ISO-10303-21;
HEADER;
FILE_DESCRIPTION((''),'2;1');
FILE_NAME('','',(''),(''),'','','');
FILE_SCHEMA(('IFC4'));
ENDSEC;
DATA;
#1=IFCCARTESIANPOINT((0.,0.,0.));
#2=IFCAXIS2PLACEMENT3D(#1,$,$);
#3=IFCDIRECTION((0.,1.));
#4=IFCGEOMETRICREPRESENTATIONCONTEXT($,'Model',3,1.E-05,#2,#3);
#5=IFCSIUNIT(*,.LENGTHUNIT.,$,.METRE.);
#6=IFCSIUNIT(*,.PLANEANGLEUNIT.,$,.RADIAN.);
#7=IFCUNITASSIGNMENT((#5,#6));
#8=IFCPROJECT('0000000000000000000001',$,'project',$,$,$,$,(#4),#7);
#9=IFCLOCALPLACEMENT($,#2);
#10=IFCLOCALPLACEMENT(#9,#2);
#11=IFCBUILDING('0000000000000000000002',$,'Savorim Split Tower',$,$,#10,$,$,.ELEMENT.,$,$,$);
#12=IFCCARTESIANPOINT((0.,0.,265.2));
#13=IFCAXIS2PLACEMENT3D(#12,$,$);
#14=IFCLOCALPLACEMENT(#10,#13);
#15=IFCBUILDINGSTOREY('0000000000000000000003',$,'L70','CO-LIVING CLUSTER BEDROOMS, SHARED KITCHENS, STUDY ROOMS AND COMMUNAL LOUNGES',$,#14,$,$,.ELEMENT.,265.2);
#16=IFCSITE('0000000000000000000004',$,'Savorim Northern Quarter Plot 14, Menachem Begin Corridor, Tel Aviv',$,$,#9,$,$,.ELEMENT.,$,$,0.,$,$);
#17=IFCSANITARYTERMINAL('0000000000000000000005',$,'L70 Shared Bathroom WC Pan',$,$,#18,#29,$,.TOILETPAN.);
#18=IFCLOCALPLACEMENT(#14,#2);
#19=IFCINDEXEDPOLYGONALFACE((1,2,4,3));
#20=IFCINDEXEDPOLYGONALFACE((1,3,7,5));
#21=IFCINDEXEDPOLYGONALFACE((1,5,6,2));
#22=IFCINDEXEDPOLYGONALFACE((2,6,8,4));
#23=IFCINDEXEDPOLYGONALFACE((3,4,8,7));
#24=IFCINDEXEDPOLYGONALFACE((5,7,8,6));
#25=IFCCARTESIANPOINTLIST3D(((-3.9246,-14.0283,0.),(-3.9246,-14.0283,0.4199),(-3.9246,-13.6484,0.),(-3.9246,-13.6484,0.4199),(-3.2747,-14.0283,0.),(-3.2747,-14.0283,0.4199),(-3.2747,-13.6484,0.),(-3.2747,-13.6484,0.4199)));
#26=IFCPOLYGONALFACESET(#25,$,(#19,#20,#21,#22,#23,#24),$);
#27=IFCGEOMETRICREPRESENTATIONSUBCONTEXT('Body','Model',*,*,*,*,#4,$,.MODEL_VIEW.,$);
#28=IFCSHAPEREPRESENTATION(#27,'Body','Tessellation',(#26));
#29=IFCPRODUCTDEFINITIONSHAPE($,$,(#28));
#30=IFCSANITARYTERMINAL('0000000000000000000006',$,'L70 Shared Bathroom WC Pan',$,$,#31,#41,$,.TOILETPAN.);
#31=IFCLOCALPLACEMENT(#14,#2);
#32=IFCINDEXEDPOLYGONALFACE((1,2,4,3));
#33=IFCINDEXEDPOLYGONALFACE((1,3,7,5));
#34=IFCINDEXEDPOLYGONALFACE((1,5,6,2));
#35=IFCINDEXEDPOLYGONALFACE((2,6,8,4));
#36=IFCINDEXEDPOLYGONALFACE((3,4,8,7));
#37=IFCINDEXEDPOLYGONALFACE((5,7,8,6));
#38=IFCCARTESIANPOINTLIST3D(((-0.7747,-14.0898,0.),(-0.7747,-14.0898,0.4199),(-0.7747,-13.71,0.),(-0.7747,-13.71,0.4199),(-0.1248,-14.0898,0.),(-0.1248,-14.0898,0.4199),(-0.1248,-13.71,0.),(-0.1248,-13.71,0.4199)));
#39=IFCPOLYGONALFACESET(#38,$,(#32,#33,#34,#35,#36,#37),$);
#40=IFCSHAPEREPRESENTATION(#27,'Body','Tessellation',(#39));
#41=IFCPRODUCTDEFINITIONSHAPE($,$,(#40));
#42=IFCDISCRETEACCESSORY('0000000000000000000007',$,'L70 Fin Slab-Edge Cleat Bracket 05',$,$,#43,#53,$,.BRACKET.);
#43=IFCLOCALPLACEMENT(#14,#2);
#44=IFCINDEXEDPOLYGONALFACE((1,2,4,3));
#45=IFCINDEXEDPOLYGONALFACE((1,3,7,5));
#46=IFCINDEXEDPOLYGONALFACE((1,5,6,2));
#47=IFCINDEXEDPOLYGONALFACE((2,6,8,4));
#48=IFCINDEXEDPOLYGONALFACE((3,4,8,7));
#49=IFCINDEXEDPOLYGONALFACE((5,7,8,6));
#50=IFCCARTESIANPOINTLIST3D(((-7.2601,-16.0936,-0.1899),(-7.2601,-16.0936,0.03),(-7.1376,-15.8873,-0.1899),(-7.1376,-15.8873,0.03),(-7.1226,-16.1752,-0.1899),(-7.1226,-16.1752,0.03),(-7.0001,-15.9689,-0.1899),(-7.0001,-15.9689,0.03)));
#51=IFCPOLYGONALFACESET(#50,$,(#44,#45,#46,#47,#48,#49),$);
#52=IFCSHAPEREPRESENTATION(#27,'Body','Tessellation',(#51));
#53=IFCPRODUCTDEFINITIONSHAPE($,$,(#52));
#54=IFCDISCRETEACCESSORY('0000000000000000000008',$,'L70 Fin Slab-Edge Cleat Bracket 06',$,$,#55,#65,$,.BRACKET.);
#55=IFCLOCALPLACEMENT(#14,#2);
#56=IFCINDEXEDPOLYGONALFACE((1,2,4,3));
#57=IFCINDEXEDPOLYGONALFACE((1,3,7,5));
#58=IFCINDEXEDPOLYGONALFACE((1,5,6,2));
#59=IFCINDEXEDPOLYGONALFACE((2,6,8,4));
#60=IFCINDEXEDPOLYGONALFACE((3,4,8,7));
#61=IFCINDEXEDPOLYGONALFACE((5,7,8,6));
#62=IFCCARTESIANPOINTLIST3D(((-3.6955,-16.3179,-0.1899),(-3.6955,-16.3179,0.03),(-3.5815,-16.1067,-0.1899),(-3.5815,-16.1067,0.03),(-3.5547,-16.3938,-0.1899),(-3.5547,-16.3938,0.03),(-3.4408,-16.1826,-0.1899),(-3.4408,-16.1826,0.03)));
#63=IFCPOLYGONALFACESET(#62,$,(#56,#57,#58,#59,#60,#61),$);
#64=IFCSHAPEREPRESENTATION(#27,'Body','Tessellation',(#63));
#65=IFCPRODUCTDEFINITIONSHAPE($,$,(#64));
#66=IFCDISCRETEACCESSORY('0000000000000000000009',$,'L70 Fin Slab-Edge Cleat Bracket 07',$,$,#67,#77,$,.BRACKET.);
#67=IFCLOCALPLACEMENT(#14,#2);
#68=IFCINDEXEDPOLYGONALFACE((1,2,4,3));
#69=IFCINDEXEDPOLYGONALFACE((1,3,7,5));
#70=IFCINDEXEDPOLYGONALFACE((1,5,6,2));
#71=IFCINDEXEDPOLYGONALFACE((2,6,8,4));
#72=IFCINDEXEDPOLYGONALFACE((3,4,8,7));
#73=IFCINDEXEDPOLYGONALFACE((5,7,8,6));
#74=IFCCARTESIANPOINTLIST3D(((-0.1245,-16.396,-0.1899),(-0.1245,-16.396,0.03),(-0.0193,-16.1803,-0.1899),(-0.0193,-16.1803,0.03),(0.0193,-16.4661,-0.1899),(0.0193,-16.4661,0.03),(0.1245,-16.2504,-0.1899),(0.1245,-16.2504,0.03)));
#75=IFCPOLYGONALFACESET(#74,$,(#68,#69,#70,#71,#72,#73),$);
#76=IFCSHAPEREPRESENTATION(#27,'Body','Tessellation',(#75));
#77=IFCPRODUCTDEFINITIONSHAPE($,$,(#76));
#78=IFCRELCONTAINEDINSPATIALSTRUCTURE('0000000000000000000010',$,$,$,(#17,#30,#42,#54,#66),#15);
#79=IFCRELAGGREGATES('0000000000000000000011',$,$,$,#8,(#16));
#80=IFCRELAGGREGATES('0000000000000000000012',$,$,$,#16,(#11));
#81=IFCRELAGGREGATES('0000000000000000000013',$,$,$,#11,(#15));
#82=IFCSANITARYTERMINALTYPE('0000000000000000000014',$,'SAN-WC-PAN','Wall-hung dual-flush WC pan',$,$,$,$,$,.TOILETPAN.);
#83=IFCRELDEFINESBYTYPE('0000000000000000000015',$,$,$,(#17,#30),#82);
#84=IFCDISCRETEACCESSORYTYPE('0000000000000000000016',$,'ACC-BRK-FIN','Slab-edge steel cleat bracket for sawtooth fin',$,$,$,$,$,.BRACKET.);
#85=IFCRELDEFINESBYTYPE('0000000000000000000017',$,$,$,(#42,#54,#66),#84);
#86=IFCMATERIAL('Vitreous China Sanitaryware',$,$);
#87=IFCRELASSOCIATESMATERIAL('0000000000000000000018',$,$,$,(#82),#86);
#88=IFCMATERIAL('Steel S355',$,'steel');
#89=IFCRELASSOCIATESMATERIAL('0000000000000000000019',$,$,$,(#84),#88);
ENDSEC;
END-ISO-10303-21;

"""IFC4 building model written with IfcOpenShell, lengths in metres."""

from ifc_helpers import new_model, si_unit, direction, frame, origin, origin_2d, place, context, subcontext, project, spatial, rectangle, extrude, material, type_object, element, save


model = new_model("IFC4")

# Units and contexts
model_context = context("Model", 3, precision=1e-05, world=origin(), true_north=direction((0.0, 1.0)))
body_context = subcontext(model_context, "Body", "Model", "MODEL_VIEW")
ifc_project = project(units=[si_unit("LENGTHUNIT", "METRE"), si_unit("PLANEANGLEUNIT", "RADIAN")], contexts=[model_context])

# Site, building, storey
site_placement = place(None, origin())
site = spatial("IfcSite", under=ifc_project, at=site_placement, Name="Savorim Northern Quarter Plot 14, Menachem Begin Corridor, Tel Aviv", CompositionType="ELEMENT", RefElevation=0.0)
building_placement = place(site_placement, origin())
building = spatial("IfcBuilding", under=site, at=building_placement, Name="Savorim Split Tower", CompositionType="ELEMENT")
storey_placement = place(building_placement, frame((0.0, 0.0, 265.2)))
storey = spatial("IfcBuildingStorey", under=building, at=storey_placement, Name="L70", Description="CO-LIVING CLUSTER BEDROOMS, SHARED KITCHENS, STUDY ROOMS AND COMMUNAL LOUNGES", CompositionType="ELEMENT", Elevation=265.2)

# Shared definitions
ifc_material_1 = material(Name="Steel S355", Category="steel")

# Sanitary terminals
ifc_material_2 = material(Name="Vitreous China Sanitaryware")
sanitary_terminal_type_1 = type_object("IfcSanitaryTerminalType", Name="SAN-WC-PAN", Description="Wall-hung dual-flush WC pan", PredefinedType="TOILETPAN", material=ifc_material_2)
for number, where, z_axis, x_axis, name in (
    (1, (-3.5996, -13.8384, 0.0), (0.0, 0.0, 1.0), (1.0, 0.0, 0.0), "L70 Shared Bathroom WC Pan"),
    (2, (-0.4497, -13.8999, 0.0), (0.0, 0.0, 1.0), (1.0, 0.0, 0.0), "L70 Shared Bathroom WC Pan"),
):
    element("IfcSanitaryTerminal", number, at=place(storey_placement, frame(where, z_axis=z_axis, x_axis=x_axis)), inside=storey, type_object=sanitary_terminal_type_1, Name=name, PredefinedType="TOILETPAN", context=body_context, shape_type="SweptSolid", body=[
        extrude(rectangle(XDim=0.6499, YDim=0.3799, at=origin_2d()), origin(), (0.0, 0.0, 1.0), 0.4199),
    ])

# Discrete accessories
discrete_accessory_type = type_object("IfcDiscreteAccessoryType", Name="ACC-BRK-FIN", Description="Slab-edge steel cleat bracket for sawtooth fin", PredefinedType="BRACKET", material=ifc_material_1)
for number, where, z_axis, x_axis, name in (
    (3, (-7.1301, -16.0312, -0.1899), (0.0, 0.0, 1.0), (-0.510391, -0.859942, 0.0), "L70 Fin Slab-Edge Cleat Bracket 05"),
    (4, (-3.5681, -16.2502, -0.1899), (0.0, 0.0, 1.0), (-0.474778, -0.880106, 0.0), "L70 Fin Slab-Edge Cleat Bracket 06"),
    (5, (0.0, -16.3232, -0.1899), (0.0, 0.0, 1.0), (-0.438371, -0.898794, 0.0), "L70 Fin Slab-Edge Cleat Bracket 07"),
):
    element("IfcDiscreteAccessory", number, at=place(storey_placement, frame(where, z_axis=z_axis, x_axis=x_axis)), inside=storey, type_object=discrete_accessory_type, Name=name, PredefinedType="BRACKET", context=body_context, shape_type="SweptSolid", body=[
        extrude(rectangle(XDim=0.24, YDim=0.1599, at=origin_2d()), origin(), (0.0, 0.0, 1.0), 0.22),
    ])

save(model, "model.ifc")
